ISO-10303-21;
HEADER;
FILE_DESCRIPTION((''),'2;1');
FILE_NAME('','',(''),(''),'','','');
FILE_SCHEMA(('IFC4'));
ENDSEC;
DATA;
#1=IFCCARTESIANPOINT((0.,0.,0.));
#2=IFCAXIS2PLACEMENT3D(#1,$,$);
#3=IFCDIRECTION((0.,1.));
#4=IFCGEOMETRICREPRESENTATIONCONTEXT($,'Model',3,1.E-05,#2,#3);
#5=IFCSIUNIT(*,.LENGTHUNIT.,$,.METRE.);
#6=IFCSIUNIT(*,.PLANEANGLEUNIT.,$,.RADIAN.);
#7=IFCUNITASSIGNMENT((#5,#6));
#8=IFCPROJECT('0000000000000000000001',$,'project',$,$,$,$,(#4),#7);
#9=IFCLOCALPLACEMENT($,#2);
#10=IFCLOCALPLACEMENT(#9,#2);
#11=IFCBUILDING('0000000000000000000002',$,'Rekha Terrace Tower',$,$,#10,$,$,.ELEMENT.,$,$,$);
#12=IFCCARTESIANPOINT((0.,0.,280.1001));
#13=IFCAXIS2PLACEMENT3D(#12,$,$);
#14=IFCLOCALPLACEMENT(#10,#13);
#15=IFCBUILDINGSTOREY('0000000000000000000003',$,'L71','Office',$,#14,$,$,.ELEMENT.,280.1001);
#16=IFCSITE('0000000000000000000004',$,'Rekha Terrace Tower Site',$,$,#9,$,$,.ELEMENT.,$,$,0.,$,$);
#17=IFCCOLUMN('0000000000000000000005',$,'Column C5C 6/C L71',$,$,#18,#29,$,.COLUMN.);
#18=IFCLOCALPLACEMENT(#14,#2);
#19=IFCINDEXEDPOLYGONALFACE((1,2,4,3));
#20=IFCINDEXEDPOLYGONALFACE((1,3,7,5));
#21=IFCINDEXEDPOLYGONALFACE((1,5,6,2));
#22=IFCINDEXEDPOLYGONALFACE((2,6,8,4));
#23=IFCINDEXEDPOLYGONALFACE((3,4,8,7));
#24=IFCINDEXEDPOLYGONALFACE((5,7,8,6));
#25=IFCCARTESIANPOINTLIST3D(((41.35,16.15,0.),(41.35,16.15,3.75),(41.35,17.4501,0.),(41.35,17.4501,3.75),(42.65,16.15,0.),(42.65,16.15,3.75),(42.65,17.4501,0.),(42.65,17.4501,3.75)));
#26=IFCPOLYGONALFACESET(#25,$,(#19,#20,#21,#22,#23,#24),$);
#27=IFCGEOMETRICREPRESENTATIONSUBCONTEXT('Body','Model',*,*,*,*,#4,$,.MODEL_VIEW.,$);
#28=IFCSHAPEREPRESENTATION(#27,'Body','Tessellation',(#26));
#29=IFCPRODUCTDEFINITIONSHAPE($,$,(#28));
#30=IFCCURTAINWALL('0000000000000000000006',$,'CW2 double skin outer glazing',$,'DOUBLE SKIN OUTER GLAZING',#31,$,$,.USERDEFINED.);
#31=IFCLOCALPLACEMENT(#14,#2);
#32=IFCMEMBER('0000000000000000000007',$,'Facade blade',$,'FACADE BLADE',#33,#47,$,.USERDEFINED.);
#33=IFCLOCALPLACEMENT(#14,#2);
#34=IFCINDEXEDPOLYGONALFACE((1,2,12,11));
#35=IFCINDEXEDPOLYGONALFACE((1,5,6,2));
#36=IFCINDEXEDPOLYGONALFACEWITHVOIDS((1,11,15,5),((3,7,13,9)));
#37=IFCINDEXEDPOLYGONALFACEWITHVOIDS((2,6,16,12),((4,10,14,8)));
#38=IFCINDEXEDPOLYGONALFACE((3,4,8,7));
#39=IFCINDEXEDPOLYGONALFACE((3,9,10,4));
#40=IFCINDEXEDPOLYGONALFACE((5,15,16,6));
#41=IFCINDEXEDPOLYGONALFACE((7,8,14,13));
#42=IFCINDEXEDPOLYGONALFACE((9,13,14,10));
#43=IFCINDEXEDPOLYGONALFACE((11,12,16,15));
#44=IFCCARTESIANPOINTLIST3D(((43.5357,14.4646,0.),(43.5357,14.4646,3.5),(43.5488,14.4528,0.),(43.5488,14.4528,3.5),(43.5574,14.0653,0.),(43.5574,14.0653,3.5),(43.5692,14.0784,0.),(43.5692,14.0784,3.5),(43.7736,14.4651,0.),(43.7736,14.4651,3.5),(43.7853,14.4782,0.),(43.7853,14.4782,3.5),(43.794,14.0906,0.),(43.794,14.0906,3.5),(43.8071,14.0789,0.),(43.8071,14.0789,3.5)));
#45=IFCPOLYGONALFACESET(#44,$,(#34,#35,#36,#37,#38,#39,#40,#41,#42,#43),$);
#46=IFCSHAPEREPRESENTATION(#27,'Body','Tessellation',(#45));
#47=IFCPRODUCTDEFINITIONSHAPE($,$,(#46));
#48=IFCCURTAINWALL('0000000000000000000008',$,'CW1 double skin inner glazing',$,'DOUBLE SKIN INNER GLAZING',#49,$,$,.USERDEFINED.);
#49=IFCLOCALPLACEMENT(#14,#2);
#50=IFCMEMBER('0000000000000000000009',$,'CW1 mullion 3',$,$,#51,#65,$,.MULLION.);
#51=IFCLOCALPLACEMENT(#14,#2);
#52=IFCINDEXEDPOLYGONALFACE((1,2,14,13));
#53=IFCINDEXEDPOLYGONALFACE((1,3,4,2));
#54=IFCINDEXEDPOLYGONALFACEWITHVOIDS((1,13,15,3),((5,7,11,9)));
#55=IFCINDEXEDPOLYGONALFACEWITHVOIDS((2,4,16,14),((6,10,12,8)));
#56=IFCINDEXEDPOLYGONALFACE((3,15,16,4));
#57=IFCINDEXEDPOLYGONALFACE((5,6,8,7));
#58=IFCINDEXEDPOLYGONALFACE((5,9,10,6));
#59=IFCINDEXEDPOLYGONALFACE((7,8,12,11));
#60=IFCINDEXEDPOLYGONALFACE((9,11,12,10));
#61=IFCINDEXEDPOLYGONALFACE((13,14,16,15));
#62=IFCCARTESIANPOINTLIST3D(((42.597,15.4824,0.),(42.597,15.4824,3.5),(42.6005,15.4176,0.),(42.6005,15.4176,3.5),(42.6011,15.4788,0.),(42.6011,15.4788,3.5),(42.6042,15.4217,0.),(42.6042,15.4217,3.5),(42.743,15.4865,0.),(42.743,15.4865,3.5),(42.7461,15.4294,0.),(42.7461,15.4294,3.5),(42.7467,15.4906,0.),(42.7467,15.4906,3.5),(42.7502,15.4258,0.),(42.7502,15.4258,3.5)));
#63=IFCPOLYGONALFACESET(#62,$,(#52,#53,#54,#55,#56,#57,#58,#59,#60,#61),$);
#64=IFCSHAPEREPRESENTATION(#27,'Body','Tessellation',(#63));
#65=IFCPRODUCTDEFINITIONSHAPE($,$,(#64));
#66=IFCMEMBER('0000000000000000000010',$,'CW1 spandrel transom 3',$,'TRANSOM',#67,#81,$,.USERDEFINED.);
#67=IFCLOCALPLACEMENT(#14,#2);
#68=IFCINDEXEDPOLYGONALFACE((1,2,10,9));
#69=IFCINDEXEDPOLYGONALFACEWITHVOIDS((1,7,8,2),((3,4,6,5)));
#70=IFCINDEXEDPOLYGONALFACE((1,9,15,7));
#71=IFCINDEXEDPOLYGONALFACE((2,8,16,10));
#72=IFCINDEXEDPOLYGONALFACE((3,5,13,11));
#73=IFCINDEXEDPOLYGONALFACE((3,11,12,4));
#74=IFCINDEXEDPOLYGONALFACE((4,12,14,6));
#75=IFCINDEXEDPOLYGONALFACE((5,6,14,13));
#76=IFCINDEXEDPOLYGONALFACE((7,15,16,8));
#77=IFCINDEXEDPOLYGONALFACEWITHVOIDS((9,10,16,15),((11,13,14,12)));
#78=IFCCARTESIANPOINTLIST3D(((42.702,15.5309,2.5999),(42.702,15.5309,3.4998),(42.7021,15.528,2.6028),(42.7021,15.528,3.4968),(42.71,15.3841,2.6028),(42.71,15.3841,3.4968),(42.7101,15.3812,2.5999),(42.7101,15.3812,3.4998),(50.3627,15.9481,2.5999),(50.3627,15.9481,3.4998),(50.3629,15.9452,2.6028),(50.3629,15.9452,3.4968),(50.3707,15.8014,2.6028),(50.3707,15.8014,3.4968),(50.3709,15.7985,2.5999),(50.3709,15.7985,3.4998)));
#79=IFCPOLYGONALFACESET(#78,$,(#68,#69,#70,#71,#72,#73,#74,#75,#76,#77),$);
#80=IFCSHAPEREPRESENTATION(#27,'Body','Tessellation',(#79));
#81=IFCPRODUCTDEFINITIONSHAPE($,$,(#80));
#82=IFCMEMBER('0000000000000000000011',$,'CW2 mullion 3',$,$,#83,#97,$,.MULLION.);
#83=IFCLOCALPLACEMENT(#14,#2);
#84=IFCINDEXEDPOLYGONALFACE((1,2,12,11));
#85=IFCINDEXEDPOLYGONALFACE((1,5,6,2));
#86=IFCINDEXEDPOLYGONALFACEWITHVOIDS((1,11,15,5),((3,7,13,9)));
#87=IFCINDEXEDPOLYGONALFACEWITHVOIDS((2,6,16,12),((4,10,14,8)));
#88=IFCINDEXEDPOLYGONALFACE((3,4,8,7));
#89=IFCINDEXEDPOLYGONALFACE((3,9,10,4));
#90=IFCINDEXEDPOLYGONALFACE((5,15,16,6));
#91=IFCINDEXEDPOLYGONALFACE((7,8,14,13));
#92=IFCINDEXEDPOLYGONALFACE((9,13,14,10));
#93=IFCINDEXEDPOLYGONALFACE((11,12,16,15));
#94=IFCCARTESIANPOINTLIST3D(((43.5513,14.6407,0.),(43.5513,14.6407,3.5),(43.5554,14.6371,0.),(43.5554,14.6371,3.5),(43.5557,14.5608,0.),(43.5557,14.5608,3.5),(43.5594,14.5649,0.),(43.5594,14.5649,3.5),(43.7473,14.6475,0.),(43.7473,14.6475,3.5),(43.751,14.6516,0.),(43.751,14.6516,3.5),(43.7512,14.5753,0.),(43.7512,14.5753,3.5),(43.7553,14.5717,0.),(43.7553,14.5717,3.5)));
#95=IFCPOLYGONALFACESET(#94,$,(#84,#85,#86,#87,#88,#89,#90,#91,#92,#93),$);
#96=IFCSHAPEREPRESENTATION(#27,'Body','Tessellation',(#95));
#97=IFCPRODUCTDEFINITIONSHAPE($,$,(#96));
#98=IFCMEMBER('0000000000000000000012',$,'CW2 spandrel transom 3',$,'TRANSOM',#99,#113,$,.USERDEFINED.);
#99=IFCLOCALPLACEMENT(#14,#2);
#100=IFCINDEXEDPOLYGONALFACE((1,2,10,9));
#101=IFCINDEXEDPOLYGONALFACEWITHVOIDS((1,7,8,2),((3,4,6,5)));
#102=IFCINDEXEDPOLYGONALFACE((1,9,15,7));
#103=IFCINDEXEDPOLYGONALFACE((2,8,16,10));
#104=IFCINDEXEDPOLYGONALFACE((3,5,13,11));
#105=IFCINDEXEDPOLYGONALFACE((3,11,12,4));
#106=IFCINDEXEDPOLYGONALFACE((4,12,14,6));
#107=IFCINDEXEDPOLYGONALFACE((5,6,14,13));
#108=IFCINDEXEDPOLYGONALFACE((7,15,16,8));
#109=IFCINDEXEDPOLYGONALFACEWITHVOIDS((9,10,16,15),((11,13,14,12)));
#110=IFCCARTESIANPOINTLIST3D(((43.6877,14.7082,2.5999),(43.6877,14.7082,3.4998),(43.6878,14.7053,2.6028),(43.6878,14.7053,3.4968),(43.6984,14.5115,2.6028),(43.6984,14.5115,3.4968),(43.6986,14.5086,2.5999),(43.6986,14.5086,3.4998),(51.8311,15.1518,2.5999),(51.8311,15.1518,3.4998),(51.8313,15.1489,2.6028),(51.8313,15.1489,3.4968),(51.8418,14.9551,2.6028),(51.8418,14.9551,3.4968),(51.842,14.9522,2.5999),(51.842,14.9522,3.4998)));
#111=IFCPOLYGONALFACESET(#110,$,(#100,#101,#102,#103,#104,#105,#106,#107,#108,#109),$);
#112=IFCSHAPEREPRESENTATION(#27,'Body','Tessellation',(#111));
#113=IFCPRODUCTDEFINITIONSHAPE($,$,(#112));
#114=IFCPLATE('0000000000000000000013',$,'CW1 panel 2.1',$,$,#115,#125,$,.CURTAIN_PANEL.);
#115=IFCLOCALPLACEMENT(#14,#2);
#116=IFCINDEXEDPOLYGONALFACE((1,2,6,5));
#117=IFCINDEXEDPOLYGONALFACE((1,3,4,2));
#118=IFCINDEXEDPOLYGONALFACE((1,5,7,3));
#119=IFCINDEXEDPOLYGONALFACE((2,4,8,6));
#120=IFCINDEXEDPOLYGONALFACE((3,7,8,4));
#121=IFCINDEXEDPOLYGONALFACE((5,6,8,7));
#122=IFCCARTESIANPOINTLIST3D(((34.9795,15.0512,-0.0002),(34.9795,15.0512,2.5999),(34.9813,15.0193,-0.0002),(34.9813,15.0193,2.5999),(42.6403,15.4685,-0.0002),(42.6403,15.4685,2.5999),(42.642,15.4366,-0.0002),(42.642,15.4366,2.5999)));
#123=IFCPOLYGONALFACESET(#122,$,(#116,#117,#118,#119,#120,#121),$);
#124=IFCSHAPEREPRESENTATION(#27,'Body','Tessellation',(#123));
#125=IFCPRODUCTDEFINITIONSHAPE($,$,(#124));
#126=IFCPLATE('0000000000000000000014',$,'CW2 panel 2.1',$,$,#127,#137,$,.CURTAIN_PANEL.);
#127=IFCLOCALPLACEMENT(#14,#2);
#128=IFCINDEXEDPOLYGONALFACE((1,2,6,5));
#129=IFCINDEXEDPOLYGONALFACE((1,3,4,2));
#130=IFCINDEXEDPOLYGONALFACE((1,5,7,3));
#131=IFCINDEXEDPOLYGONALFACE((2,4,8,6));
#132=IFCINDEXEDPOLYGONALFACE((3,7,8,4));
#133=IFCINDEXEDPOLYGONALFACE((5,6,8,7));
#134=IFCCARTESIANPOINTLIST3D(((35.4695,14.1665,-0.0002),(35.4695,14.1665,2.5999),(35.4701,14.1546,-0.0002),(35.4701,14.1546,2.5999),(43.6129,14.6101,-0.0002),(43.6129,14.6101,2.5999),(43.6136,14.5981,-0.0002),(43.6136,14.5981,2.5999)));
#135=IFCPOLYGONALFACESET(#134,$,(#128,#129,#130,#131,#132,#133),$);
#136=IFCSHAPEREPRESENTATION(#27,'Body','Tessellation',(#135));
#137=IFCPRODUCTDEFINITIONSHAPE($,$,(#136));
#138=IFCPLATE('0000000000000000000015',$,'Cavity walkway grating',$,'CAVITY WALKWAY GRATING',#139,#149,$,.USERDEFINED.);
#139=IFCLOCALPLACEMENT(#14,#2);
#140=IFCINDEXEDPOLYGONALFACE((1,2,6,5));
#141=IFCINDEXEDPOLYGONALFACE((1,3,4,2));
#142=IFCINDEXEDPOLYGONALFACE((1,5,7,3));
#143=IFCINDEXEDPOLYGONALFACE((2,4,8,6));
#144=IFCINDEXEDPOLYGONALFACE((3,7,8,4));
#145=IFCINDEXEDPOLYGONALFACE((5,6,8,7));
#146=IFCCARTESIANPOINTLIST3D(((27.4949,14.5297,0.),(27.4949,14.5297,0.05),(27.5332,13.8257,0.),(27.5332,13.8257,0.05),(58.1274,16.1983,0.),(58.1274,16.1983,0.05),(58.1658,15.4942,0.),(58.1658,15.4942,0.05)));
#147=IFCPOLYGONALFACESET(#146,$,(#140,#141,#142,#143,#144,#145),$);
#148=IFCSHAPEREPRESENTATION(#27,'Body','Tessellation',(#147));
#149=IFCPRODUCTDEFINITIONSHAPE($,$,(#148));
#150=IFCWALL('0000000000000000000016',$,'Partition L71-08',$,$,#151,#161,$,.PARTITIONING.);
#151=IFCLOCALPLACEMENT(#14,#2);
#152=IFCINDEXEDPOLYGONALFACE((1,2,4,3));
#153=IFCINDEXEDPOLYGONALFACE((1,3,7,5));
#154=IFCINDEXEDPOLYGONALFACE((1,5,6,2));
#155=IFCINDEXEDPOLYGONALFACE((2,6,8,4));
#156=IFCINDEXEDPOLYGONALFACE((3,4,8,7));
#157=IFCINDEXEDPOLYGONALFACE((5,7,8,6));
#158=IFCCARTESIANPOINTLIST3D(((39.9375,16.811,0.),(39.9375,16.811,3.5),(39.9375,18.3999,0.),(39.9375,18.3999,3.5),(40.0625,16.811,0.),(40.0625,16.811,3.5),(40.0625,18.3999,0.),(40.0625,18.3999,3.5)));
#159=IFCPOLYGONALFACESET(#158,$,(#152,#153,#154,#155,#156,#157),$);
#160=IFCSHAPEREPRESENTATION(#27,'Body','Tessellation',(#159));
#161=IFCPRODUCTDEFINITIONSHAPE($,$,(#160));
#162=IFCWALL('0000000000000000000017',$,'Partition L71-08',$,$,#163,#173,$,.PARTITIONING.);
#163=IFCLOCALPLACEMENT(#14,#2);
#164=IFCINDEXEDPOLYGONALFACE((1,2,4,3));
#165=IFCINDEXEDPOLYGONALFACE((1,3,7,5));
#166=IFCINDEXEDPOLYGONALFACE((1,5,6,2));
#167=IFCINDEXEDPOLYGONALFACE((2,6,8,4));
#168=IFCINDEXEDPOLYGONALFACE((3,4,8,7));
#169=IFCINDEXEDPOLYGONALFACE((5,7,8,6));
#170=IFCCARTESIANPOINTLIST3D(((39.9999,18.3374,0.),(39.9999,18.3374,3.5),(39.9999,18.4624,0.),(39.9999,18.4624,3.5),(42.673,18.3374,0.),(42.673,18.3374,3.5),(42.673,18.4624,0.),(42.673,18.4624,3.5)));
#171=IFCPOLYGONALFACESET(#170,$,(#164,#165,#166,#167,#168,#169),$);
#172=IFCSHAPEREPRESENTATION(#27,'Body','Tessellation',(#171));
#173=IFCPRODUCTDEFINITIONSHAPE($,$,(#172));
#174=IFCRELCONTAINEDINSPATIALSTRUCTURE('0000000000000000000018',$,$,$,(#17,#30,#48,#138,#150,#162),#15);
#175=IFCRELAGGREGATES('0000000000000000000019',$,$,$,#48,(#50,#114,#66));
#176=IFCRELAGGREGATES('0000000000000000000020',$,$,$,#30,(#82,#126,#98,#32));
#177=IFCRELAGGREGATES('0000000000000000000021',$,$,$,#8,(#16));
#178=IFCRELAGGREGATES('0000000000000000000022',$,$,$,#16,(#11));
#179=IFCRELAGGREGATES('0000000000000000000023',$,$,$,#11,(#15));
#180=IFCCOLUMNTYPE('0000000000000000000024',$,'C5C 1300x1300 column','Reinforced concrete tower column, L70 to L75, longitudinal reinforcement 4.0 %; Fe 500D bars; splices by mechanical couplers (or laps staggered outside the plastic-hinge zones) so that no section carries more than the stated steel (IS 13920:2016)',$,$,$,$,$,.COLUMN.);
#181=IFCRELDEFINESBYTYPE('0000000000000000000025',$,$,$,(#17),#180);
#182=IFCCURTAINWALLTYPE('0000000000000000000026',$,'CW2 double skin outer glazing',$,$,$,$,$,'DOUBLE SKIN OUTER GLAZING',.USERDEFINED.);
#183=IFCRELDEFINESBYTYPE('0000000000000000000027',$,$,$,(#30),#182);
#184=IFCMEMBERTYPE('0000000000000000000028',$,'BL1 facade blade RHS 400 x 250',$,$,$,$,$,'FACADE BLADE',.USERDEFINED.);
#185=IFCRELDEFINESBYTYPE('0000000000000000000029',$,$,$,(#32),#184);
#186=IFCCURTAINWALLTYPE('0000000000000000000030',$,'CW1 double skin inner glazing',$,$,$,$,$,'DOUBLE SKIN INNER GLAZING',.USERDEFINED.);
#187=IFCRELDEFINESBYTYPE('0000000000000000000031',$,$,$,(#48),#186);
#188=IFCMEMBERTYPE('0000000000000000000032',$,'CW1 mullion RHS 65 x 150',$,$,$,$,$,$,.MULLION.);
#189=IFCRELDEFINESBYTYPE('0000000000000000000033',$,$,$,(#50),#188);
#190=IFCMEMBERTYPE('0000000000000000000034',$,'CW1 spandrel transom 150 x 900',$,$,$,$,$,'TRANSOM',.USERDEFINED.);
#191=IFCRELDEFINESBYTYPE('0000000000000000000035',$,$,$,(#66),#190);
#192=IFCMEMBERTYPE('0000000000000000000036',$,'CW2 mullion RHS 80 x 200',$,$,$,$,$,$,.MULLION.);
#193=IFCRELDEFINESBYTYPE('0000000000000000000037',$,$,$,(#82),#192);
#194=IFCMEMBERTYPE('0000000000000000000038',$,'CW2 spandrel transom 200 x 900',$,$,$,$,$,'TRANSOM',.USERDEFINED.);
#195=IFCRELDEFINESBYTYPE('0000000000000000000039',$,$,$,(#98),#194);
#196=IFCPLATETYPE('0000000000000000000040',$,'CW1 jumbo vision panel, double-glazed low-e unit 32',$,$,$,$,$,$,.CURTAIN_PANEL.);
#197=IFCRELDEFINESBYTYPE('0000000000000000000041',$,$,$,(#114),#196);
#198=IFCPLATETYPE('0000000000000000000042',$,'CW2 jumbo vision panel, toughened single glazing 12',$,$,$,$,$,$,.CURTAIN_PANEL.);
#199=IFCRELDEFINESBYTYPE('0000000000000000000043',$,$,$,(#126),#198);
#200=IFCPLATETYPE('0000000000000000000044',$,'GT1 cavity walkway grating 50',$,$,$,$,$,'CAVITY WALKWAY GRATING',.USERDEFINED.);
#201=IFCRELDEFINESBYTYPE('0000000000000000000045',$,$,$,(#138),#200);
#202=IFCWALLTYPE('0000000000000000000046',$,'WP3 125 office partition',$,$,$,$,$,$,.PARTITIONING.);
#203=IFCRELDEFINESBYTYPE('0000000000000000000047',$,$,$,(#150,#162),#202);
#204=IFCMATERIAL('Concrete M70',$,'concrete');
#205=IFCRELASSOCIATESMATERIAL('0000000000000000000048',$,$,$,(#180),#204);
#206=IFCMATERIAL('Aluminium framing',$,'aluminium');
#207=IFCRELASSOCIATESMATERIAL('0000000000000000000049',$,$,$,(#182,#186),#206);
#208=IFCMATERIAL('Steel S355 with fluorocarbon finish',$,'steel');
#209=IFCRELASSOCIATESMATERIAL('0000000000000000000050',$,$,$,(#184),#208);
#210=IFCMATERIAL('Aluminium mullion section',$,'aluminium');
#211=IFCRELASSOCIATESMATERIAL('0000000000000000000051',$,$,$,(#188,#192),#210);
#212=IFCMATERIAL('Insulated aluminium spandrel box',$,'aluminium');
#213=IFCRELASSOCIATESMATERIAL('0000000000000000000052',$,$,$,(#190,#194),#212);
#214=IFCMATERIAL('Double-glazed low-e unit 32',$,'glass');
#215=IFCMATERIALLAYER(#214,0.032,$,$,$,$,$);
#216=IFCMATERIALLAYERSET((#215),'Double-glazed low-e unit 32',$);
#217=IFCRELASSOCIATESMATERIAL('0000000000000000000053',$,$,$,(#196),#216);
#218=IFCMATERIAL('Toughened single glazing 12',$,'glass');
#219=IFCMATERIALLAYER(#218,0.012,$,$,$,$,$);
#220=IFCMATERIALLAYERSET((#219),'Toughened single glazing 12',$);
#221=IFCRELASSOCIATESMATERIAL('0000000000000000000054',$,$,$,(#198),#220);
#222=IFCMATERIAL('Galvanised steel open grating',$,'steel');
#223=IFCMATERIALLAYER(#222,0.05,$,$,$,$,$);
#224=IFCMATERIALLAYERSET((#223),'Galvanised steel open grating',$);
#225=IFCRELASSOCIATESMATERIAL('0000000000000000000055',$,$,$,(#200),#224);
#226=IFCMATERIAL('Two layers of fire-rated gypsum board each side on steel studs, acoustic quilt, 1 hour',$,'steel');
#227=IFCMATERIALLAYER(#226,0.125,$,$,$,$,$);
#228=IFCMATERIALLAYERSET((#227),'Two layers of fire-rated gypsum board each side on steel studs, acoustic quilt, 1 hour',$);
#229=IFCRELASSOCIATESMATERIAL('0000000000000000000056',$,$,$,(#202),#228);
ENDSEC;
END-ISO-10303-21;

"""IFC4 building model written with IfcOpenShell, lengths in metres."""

from ifc_helpers import new_model, si_unit, direction, frame, frame_2d, origin, origin_2d, place, context, subcontext, project, spatial, rectangle, hollow_rectangle, extrude, material, layer, layer_set, material_profile, profile_set, type_object, element, aggregate, save


model = new_model("IFC4")

# Units and contexts
model_context = context("Model", 3, precision=1e-05, world=origin(), true_north=direction((0.0, 1.0)))
body_context = subcontext(model_context, "Body", "Model", "MODEL_VIEW")
ifc_project = project(units=[si_unit("LENGTHUNIT", "METRE"), si_unit("PLANEANGLEUNIT", "RADIAN")], contexts=[model_context])

# Site, building, storey
site_placement = place(None, origin())
site = spatial("IfcSite", under=ifc_project, at=site_placement, Name="Rekha Terrace Tower Site", CompositionType="ELEMENT", RefElevation=0.0)
building_placement = place(site_placement, origin())
building = spatial("IfcBuilding", under=site, at=building_placement, Name="Rekha Terrace Tower", CompositionType="ELEMENT")
storey_placement = place(building_placement, frame((0.0, 0.0, 280.1001)))
storey = spatial("IfcBuildingStorey", under=building, at=storey_placement, Name="L71", Description="Office", CompositionType="ELEMENT", Elevation=280.1001)

# Column
ifc_material_1 = material(Name="Concrete M70", Category="concrete")
ifc_material_profile_1 = material_profile(ifc_material_1, rectangle(XDim=1.3, YDim=1.3, at=origin_2d()), Name="RC 1300x1300")
ifc_profile_set_1 = profile_set([ifc_material_profile_1], Name="Concrete M70")
column_type = type_object("IfcColumnType", Name="C5C 1300x1300 column", Description="Reinforced concrete tower column, L70 to L75, longitudinal reinforcement 4.0 %; Fe 500D bars; splices by mechanical couplers (or laps staggered outside the plastic-hinge zones) so that no section carries more than the stated steel (IS 13920:2016)", PredefinedType="COLUMN", material=ifc_profile_set_1)
column_placement = place(storey_placement, frame((42.0, 16.8, 0.0), z_axis=(0.0, 0.0, 1.0), x_axis=(1.0, 0.0, 0.0)))
element("IfcColumn", 1, at=column_placement, inside=storey, type_object=column_type, Name="Column C5C 6/C L71", PredefinedType="COLUMN", context=body_context, shape_type="SweptSolid", body=[
    extrude(rectangle(XDim=1.3, YDim=1.3, at=origin_2d()), origin(), (0.0, 0.0, 1.0), 3.75),
])

# Curtain wall, member
ifc_material_2 = material(Name="Aluminium framing", Category="aluminium")
curtain_wall_type_1 = type_object("IfcCurtainWallType", Name="CW2 double skin outer glazing", ElementType="DOUBLE SKIN OUTER GLAZING", PredefinedType="USERDEFINED", material=ifc_material_2)
curtain_wall_1_placement = place(storey_placement, origin())
curtain_wall_1 = element("IfcCurtainWall", 2, at=curtain_wall_1_placement, inside=storey, type_object=curtain_wall_type_1, Name="CW2 double skin outer glazing", ObjectType="DOUBLE SKIN OUTER GLAZING", PredefinedType="USERDEFINED")
ifc_material_3 = material(Name="Steel S355 with fluorocarbon finish", Category="steel")
ifc_material_profile_2 = material_profile(ifc_material_3, hollow_rectangle(XDim=0.25, YDim=0.3999, WallThickness=0.0125, at=origin_2d()), Name="RHS400x250x12.5")
ifc_profile_set_2 = profile_set([ifc_material_profile_2], Name="Steel S355 with fluorocarbon finish")
member_type_1 = type_object("IfcMemberType", Name="BL1 facade blade RHS 400 x 250", ElementType="FACADE BLADE", PredefinedType="USERDEFINED", material=ifc_profile_set_2)
member_1_placement = place(storey_placement, frame((43.6714, 14.2717, 0.0), z_axis=(0.0, 0.0, 1.0), x_axis=(0.99852, 0.054389, 0.0)))
member_1 = element("IfcMember", 3, at=member_1_placement, type_object=member_type_1, Name="Facade blade", ObjectType="FACADE BLADE", PredefinedType="USERDEFINED", context=body_context, shape_type="SweptSolid", body=[
    extrude(hollow_rectangle(XDim=0.25, YDim=0.3999, WallThickness=0.0125, at=origin_2d()), origin(), (0.0, 0.0, 1.0), 3.5),
])

# Curtain wall, members
curtain_wall_type_2 = type_object("IfcCurtainWallType", Name="CW1 double skin inner glazing", ElementType="DOUBLE SKIN INNER GLAZING", PredefinedType="USERDEFINED", material=ifc_material_2)
curtain_wall_2_placement = place(storey_placement, origin())
curtain_wall_2 = element("IfcCurtainWall", 4, at=curtain_wall_2_placement, inside=storey, type_object=curtain_wall_type_2, Name="CW1 double skin inner glazing", ObjectType="DOUBLE SKIN INNER GLAZING", PredefinedType="USERDEFINED")
ifc_material_4 = material(Name="Aluminium mullion section", Category="aluminium")
ifc_material_profile_3 = material_profile(ifc_material_4, hollow_rectangle(XDim=0.0649, YDim=0.1499, WallThickness=0.0039, at=origin_2d()), Name="AL RHS 65x150")
ifc_profile_set_3 = profile_set([ifc_material_profile_3], Name="Aluminium mullion section")
member_type_2 = type_object("IfcMemberType", Name="CW1 mullion RHS 65 x 150", PredefinedType="MULLION", material=ifc_profile_set_3)
member_2_placement = place(storey_placement, frame((42.6736, 15.4541, 0.0), z_axis=(0.0, 0.0, 1.0), x_axis=(-0.054389, 0.99852, 0.0)))
member_2 = element("IfcMember", 5, at=member_2_placement, type_object=member_type_2, Name="CW1 mullion 3", PredefinedType="MULLION", context=body_context, shape_type="SweptSolid", body=[
    extrude(hollow_rectangle(XDim=0.0649, YDim=0.1499, WallThickness=0.0039, at=origin_2d()), origin(), (0.0, 0.0, 1.0), 3.5),
])
ifc_material_5 = material(Name="Insulated aluminium spandrel box", Category="aluminium")
ifc_material_profile_4 = material_profile(ifc_material_5, hollow_rectangle(XDim=0.1499, YDim=0.8999, WallThickness=0.0029, at=origin_2d()), Name="AL SPANDREL BOX 150x900")
ifc_profile_set_4 = profile_set([ifc_material_profile_4], Name="Insulated aluminium spandrel box")
member_type_3 = type_object("IfcMemberType", Name="CW1 spandrel transom 150 x 900", ElementType="TRANSOM", PredefinedType="USERDEFINED", material=ifc_profile_set_4)
member_3_placement = place(storey_placement, frame((42.7061, 15.4561, 3.0498), z_axis=(0.99852, 0.054384, 0.0), x_axis=(-0.054384, 0.99852, 0.0)))
member_3 = element("IfcMember", 6, at=member_3_placement, type_object=member_type_3, Name="CW1 spandrel transom 3", ObjectType="TRANSOM", PredefinedType="USERDEFINED", context=body_context, shape_type="SweptSolid", body=[
    extrude(hollow_rectangle(XDim=0.1499, YDim=0.8999, WallThickness=0.0029, at=origin_2d()), origin(), (0.0, 0.0, 1.0), 7.6721),
])

# Members
ifc_material_profile_5 = material_profile(ifc_material_4, hollow_rectangle(XDim=0.0801, YDim=0.2, WallThickness=0.0039, at=origin_2d()), Name="AL RHS 80x200")
ifc_profile_set_5 = profile_set([ifc_material_profile_5], Name="Aluminium mullion section")
member_type_4 = type_object("IfcMemberType", Name="CW2 mullion RHS 80 x 200", PredefinedType="MULLION", material=ifc_profile_set_5)
member_4_placement = place(storey_placement, frame((43.6533, 14.6062, 0.0), z_axis=(0.0, 0.0, 1.0), x_axis=(-0.054389, 0.99852, 0.0)))
member_4 = element("IfcMember", 7, at=member_4_placement, type_object=member_type_4, Name="CW2 mullion 3", PredefinedType="MULLION", context=body_context, shape_type="SweptSolid", body=[
    extrude(hollow_rectangle(XDim=0.0801, YDim=0.2, WallThickness=0.0039, at=origin_2d()), origin(), (0.0, 0.0, 1.0), 3.5),
])
ifc_material_profile_6 = material_profile(ifc_material_5, hollow_rectangle(XDim=0.2, YDim=0.8999, WallThickness=0.0029, at=origin_2d()), Name="AL SPANDREL BOX 200x900")
ifc_profile_set_6 = profile_set([ifc_material_profile_6], Name="Insulated aluminium spandrel box")
member_type_5 = type_object("IfcMemberType", Name="CW2 spandrel transom 200 x 900", ElementType="TRANSOM", PredefinedType="USERDEFINED", material=ifc_profile_set_6)
member_5_placement = place(storey_placement, frame((43.6931, 14.6084, 3.0498), z_axis=(0.99852, 0.054392, 0.0), x_axis=(-0.054392, 0.99852, 0.0)))
member_5 = element("IfcMember", 8, at=member_5_placement, type_object=member_type_5, Name="CW2 spandrel transom 3", ObjectType="TRANSOM", PredefinedType="USERDEFINED", context=body_context, shape_type="SweptSolid", body=[
    extrude(hollow_rectangle(XDim=0.2, YDim=0.8999, WallThickness=0.0029, at=origin_2d()), origin(), (0.0, 0.0, 1.0), 8.1555),
])

# Plates
ifc_material_6 = material(Name="Double-glazed low-e unit 32", Category="glass")
ifc_layer_1 = layer(ifc_material_6, 0.032)
ifc_layer_set_1 = layer_set([ifc_layer_1], Name="Double-glazed low-e unit 32")
plate_type_1 = type_object("IfcPlateType", Name="CW1 jumbo vision panel, double-glazed low-e unit 32", PredefinedType="CURTAIN_PANEL", material=ifc_layer_set_1)
plate_1_placement = place(storey_placement, frame((38.8108, 15.2439, -0.0002), z_axis=(0.0, 0.0, 1.0), x_axis=(0.99852, 0.054389, 0.0)))
plate_1 = element("IfcPlate", 9, at=plate_1_placement, type_object=plate_type_1, Name="CW1 panel 2.1", PredefinedType="CURTAIN_PANEL", context=body_context, shape_type="SweptSolid", body=[
    extrude(rectangle(XDim=7.6721, YDim=0.032, at=origin_2d()), origin(), (0.0, 0.0, 1.0), 2.6001),
])
aggregate(curtain_wall_2, [member_2, plate_1, member_3])
ifc_material_7 = material(Name="Toughened single glazing 12", Category="glass")
ifc_layer_2 = layer(ifc_material_7, 0.012)
ifc_layer_set_2 = layer_set([ifc_layer_2], Name="Toughened single glazing 12")
plate_type_2 = type_object("IfcPlateType", Name="CW2 jumbo vision panel, toughened single glazing 12", PredefinedType="CURTAIN_PANEL", material=ifc_layer_set_2)
plate_2_placement = place(storey_placement, frame((39.5415, 14.3823, -0.0002), z_axis=(0.0, 0.0, 1.0), x_axis=(0.99852, 0.054389, 0.0)))
plate_2 = element("IfcPlate", 10, at=plate_2_placement, type_object=plate_type_2, Name="CW2 panel 2.1", PredefinedType="CURTAIN_PANEL", context=body_context, shape_type="SweptSolid", body=[
    extrude(rectangle(XDim=8.1555, YDim=0.012, at=origin_2d()), origin(), (0.0, 0.0, 1.0), 2.6001),
])
aggregate(curtain_wall_1, [member_4, plate_2, member_5, member_1])
ifc_material_8 = material(Name="Galvanised steel open grating", Category="steel")
ifc_layer_3 = layer(ifc_material_8, 0.05)
ifc_layer_set_3 = layer_set([ifc_layer_3], Name="Galvanised steel open grating")
plate_type_3 = type_object("IfcPlateType", Name="GT1 cavity walkway grating 50", ElementType="CAVITY WALKWAY GRATING", PredefinedType="USERDEFINED", material=ifc_layer_set_3)
plate_3_placement = place(storey_placement, frame((42.8303, 15.012, 0.0), z_axis=(0.0, 0.0, 1.0), x_axis=(0.99852, 0.054389, 0.0)))
element("IfcPlate", 11, at=plate_3_placement, inside=storey, type_object=plate_type_3, Name="Cavity walkway grating", ObjectType="CAVITY WALKWAY GRATING", PredefinedType="USERDEFINED", context=body_context, shape_type="SweptSolid", body=[
    extrude(rectangle(XDim=30.678, YDim=0.7051, at=origin_2d()), origin(), (0.0, 0.0, 1.0), 0.05),
])

# Walls
ifc_material_9 = material(Name="Two layers of fire-rated gypsum board each side on steel studs, acoustic quilt, 1 hour", Category="steel")
ifc_layer_4 = layer(ifc_material_9, 0.125)
ifc_layer_set_4 = layer_set([ifc_layer_4], Name="Two layers of fire-rated gypsum board each side on steel studs, acoustic quilt, 1 hour")
wall_type = type_object("IfcWallType", Name="WP3 125 office partition", PredefinedType="PARTITIONING", material=ifc_layer_set_4)
wall_1_placement = place(storey_placement, frame((40.0, 16.811, 0.0), z_axis=(0.0, 0.0, 1.0), x_axis=(0.0, 1.0, 0.0)))
element("IfcWall", 12, at=wall_1_placement, inside=storey, type_object=wall_type, Name="Partition L71-08", PredefinedType="PARTITIONING", context=body_context, shape_type="SweptSolid", body=[
    extrude(rectangle(XDim=1.5889, YDim=0.125, at=frame_2d((0.7944, 0.0))), origin(), (0.0, 0.0, 1.0), 3.5),
])
wall_2_placement = place(storey_placement, frame((40.0, 18.3999, 0.0), z_axis=(0.0, 0.0, 1.0), x_axis=(1.0, 0.0, 0.0)))
element("IfcWall", 13, at=wall_2_placement, inside=storey, type_object=wall_type, Name="Partition L71-08", PredefinedType="PARTITIONING", context=body_context, shape_type="SweptSolid", body=[
    extrude(rectangle(XDim=2.6731, YDim=0.125, at=frame_2d((1.3364, 0.0))), origin(), (0.0, 0.0, 1.0), 3.5),
])

save(model, "model.ifc")
